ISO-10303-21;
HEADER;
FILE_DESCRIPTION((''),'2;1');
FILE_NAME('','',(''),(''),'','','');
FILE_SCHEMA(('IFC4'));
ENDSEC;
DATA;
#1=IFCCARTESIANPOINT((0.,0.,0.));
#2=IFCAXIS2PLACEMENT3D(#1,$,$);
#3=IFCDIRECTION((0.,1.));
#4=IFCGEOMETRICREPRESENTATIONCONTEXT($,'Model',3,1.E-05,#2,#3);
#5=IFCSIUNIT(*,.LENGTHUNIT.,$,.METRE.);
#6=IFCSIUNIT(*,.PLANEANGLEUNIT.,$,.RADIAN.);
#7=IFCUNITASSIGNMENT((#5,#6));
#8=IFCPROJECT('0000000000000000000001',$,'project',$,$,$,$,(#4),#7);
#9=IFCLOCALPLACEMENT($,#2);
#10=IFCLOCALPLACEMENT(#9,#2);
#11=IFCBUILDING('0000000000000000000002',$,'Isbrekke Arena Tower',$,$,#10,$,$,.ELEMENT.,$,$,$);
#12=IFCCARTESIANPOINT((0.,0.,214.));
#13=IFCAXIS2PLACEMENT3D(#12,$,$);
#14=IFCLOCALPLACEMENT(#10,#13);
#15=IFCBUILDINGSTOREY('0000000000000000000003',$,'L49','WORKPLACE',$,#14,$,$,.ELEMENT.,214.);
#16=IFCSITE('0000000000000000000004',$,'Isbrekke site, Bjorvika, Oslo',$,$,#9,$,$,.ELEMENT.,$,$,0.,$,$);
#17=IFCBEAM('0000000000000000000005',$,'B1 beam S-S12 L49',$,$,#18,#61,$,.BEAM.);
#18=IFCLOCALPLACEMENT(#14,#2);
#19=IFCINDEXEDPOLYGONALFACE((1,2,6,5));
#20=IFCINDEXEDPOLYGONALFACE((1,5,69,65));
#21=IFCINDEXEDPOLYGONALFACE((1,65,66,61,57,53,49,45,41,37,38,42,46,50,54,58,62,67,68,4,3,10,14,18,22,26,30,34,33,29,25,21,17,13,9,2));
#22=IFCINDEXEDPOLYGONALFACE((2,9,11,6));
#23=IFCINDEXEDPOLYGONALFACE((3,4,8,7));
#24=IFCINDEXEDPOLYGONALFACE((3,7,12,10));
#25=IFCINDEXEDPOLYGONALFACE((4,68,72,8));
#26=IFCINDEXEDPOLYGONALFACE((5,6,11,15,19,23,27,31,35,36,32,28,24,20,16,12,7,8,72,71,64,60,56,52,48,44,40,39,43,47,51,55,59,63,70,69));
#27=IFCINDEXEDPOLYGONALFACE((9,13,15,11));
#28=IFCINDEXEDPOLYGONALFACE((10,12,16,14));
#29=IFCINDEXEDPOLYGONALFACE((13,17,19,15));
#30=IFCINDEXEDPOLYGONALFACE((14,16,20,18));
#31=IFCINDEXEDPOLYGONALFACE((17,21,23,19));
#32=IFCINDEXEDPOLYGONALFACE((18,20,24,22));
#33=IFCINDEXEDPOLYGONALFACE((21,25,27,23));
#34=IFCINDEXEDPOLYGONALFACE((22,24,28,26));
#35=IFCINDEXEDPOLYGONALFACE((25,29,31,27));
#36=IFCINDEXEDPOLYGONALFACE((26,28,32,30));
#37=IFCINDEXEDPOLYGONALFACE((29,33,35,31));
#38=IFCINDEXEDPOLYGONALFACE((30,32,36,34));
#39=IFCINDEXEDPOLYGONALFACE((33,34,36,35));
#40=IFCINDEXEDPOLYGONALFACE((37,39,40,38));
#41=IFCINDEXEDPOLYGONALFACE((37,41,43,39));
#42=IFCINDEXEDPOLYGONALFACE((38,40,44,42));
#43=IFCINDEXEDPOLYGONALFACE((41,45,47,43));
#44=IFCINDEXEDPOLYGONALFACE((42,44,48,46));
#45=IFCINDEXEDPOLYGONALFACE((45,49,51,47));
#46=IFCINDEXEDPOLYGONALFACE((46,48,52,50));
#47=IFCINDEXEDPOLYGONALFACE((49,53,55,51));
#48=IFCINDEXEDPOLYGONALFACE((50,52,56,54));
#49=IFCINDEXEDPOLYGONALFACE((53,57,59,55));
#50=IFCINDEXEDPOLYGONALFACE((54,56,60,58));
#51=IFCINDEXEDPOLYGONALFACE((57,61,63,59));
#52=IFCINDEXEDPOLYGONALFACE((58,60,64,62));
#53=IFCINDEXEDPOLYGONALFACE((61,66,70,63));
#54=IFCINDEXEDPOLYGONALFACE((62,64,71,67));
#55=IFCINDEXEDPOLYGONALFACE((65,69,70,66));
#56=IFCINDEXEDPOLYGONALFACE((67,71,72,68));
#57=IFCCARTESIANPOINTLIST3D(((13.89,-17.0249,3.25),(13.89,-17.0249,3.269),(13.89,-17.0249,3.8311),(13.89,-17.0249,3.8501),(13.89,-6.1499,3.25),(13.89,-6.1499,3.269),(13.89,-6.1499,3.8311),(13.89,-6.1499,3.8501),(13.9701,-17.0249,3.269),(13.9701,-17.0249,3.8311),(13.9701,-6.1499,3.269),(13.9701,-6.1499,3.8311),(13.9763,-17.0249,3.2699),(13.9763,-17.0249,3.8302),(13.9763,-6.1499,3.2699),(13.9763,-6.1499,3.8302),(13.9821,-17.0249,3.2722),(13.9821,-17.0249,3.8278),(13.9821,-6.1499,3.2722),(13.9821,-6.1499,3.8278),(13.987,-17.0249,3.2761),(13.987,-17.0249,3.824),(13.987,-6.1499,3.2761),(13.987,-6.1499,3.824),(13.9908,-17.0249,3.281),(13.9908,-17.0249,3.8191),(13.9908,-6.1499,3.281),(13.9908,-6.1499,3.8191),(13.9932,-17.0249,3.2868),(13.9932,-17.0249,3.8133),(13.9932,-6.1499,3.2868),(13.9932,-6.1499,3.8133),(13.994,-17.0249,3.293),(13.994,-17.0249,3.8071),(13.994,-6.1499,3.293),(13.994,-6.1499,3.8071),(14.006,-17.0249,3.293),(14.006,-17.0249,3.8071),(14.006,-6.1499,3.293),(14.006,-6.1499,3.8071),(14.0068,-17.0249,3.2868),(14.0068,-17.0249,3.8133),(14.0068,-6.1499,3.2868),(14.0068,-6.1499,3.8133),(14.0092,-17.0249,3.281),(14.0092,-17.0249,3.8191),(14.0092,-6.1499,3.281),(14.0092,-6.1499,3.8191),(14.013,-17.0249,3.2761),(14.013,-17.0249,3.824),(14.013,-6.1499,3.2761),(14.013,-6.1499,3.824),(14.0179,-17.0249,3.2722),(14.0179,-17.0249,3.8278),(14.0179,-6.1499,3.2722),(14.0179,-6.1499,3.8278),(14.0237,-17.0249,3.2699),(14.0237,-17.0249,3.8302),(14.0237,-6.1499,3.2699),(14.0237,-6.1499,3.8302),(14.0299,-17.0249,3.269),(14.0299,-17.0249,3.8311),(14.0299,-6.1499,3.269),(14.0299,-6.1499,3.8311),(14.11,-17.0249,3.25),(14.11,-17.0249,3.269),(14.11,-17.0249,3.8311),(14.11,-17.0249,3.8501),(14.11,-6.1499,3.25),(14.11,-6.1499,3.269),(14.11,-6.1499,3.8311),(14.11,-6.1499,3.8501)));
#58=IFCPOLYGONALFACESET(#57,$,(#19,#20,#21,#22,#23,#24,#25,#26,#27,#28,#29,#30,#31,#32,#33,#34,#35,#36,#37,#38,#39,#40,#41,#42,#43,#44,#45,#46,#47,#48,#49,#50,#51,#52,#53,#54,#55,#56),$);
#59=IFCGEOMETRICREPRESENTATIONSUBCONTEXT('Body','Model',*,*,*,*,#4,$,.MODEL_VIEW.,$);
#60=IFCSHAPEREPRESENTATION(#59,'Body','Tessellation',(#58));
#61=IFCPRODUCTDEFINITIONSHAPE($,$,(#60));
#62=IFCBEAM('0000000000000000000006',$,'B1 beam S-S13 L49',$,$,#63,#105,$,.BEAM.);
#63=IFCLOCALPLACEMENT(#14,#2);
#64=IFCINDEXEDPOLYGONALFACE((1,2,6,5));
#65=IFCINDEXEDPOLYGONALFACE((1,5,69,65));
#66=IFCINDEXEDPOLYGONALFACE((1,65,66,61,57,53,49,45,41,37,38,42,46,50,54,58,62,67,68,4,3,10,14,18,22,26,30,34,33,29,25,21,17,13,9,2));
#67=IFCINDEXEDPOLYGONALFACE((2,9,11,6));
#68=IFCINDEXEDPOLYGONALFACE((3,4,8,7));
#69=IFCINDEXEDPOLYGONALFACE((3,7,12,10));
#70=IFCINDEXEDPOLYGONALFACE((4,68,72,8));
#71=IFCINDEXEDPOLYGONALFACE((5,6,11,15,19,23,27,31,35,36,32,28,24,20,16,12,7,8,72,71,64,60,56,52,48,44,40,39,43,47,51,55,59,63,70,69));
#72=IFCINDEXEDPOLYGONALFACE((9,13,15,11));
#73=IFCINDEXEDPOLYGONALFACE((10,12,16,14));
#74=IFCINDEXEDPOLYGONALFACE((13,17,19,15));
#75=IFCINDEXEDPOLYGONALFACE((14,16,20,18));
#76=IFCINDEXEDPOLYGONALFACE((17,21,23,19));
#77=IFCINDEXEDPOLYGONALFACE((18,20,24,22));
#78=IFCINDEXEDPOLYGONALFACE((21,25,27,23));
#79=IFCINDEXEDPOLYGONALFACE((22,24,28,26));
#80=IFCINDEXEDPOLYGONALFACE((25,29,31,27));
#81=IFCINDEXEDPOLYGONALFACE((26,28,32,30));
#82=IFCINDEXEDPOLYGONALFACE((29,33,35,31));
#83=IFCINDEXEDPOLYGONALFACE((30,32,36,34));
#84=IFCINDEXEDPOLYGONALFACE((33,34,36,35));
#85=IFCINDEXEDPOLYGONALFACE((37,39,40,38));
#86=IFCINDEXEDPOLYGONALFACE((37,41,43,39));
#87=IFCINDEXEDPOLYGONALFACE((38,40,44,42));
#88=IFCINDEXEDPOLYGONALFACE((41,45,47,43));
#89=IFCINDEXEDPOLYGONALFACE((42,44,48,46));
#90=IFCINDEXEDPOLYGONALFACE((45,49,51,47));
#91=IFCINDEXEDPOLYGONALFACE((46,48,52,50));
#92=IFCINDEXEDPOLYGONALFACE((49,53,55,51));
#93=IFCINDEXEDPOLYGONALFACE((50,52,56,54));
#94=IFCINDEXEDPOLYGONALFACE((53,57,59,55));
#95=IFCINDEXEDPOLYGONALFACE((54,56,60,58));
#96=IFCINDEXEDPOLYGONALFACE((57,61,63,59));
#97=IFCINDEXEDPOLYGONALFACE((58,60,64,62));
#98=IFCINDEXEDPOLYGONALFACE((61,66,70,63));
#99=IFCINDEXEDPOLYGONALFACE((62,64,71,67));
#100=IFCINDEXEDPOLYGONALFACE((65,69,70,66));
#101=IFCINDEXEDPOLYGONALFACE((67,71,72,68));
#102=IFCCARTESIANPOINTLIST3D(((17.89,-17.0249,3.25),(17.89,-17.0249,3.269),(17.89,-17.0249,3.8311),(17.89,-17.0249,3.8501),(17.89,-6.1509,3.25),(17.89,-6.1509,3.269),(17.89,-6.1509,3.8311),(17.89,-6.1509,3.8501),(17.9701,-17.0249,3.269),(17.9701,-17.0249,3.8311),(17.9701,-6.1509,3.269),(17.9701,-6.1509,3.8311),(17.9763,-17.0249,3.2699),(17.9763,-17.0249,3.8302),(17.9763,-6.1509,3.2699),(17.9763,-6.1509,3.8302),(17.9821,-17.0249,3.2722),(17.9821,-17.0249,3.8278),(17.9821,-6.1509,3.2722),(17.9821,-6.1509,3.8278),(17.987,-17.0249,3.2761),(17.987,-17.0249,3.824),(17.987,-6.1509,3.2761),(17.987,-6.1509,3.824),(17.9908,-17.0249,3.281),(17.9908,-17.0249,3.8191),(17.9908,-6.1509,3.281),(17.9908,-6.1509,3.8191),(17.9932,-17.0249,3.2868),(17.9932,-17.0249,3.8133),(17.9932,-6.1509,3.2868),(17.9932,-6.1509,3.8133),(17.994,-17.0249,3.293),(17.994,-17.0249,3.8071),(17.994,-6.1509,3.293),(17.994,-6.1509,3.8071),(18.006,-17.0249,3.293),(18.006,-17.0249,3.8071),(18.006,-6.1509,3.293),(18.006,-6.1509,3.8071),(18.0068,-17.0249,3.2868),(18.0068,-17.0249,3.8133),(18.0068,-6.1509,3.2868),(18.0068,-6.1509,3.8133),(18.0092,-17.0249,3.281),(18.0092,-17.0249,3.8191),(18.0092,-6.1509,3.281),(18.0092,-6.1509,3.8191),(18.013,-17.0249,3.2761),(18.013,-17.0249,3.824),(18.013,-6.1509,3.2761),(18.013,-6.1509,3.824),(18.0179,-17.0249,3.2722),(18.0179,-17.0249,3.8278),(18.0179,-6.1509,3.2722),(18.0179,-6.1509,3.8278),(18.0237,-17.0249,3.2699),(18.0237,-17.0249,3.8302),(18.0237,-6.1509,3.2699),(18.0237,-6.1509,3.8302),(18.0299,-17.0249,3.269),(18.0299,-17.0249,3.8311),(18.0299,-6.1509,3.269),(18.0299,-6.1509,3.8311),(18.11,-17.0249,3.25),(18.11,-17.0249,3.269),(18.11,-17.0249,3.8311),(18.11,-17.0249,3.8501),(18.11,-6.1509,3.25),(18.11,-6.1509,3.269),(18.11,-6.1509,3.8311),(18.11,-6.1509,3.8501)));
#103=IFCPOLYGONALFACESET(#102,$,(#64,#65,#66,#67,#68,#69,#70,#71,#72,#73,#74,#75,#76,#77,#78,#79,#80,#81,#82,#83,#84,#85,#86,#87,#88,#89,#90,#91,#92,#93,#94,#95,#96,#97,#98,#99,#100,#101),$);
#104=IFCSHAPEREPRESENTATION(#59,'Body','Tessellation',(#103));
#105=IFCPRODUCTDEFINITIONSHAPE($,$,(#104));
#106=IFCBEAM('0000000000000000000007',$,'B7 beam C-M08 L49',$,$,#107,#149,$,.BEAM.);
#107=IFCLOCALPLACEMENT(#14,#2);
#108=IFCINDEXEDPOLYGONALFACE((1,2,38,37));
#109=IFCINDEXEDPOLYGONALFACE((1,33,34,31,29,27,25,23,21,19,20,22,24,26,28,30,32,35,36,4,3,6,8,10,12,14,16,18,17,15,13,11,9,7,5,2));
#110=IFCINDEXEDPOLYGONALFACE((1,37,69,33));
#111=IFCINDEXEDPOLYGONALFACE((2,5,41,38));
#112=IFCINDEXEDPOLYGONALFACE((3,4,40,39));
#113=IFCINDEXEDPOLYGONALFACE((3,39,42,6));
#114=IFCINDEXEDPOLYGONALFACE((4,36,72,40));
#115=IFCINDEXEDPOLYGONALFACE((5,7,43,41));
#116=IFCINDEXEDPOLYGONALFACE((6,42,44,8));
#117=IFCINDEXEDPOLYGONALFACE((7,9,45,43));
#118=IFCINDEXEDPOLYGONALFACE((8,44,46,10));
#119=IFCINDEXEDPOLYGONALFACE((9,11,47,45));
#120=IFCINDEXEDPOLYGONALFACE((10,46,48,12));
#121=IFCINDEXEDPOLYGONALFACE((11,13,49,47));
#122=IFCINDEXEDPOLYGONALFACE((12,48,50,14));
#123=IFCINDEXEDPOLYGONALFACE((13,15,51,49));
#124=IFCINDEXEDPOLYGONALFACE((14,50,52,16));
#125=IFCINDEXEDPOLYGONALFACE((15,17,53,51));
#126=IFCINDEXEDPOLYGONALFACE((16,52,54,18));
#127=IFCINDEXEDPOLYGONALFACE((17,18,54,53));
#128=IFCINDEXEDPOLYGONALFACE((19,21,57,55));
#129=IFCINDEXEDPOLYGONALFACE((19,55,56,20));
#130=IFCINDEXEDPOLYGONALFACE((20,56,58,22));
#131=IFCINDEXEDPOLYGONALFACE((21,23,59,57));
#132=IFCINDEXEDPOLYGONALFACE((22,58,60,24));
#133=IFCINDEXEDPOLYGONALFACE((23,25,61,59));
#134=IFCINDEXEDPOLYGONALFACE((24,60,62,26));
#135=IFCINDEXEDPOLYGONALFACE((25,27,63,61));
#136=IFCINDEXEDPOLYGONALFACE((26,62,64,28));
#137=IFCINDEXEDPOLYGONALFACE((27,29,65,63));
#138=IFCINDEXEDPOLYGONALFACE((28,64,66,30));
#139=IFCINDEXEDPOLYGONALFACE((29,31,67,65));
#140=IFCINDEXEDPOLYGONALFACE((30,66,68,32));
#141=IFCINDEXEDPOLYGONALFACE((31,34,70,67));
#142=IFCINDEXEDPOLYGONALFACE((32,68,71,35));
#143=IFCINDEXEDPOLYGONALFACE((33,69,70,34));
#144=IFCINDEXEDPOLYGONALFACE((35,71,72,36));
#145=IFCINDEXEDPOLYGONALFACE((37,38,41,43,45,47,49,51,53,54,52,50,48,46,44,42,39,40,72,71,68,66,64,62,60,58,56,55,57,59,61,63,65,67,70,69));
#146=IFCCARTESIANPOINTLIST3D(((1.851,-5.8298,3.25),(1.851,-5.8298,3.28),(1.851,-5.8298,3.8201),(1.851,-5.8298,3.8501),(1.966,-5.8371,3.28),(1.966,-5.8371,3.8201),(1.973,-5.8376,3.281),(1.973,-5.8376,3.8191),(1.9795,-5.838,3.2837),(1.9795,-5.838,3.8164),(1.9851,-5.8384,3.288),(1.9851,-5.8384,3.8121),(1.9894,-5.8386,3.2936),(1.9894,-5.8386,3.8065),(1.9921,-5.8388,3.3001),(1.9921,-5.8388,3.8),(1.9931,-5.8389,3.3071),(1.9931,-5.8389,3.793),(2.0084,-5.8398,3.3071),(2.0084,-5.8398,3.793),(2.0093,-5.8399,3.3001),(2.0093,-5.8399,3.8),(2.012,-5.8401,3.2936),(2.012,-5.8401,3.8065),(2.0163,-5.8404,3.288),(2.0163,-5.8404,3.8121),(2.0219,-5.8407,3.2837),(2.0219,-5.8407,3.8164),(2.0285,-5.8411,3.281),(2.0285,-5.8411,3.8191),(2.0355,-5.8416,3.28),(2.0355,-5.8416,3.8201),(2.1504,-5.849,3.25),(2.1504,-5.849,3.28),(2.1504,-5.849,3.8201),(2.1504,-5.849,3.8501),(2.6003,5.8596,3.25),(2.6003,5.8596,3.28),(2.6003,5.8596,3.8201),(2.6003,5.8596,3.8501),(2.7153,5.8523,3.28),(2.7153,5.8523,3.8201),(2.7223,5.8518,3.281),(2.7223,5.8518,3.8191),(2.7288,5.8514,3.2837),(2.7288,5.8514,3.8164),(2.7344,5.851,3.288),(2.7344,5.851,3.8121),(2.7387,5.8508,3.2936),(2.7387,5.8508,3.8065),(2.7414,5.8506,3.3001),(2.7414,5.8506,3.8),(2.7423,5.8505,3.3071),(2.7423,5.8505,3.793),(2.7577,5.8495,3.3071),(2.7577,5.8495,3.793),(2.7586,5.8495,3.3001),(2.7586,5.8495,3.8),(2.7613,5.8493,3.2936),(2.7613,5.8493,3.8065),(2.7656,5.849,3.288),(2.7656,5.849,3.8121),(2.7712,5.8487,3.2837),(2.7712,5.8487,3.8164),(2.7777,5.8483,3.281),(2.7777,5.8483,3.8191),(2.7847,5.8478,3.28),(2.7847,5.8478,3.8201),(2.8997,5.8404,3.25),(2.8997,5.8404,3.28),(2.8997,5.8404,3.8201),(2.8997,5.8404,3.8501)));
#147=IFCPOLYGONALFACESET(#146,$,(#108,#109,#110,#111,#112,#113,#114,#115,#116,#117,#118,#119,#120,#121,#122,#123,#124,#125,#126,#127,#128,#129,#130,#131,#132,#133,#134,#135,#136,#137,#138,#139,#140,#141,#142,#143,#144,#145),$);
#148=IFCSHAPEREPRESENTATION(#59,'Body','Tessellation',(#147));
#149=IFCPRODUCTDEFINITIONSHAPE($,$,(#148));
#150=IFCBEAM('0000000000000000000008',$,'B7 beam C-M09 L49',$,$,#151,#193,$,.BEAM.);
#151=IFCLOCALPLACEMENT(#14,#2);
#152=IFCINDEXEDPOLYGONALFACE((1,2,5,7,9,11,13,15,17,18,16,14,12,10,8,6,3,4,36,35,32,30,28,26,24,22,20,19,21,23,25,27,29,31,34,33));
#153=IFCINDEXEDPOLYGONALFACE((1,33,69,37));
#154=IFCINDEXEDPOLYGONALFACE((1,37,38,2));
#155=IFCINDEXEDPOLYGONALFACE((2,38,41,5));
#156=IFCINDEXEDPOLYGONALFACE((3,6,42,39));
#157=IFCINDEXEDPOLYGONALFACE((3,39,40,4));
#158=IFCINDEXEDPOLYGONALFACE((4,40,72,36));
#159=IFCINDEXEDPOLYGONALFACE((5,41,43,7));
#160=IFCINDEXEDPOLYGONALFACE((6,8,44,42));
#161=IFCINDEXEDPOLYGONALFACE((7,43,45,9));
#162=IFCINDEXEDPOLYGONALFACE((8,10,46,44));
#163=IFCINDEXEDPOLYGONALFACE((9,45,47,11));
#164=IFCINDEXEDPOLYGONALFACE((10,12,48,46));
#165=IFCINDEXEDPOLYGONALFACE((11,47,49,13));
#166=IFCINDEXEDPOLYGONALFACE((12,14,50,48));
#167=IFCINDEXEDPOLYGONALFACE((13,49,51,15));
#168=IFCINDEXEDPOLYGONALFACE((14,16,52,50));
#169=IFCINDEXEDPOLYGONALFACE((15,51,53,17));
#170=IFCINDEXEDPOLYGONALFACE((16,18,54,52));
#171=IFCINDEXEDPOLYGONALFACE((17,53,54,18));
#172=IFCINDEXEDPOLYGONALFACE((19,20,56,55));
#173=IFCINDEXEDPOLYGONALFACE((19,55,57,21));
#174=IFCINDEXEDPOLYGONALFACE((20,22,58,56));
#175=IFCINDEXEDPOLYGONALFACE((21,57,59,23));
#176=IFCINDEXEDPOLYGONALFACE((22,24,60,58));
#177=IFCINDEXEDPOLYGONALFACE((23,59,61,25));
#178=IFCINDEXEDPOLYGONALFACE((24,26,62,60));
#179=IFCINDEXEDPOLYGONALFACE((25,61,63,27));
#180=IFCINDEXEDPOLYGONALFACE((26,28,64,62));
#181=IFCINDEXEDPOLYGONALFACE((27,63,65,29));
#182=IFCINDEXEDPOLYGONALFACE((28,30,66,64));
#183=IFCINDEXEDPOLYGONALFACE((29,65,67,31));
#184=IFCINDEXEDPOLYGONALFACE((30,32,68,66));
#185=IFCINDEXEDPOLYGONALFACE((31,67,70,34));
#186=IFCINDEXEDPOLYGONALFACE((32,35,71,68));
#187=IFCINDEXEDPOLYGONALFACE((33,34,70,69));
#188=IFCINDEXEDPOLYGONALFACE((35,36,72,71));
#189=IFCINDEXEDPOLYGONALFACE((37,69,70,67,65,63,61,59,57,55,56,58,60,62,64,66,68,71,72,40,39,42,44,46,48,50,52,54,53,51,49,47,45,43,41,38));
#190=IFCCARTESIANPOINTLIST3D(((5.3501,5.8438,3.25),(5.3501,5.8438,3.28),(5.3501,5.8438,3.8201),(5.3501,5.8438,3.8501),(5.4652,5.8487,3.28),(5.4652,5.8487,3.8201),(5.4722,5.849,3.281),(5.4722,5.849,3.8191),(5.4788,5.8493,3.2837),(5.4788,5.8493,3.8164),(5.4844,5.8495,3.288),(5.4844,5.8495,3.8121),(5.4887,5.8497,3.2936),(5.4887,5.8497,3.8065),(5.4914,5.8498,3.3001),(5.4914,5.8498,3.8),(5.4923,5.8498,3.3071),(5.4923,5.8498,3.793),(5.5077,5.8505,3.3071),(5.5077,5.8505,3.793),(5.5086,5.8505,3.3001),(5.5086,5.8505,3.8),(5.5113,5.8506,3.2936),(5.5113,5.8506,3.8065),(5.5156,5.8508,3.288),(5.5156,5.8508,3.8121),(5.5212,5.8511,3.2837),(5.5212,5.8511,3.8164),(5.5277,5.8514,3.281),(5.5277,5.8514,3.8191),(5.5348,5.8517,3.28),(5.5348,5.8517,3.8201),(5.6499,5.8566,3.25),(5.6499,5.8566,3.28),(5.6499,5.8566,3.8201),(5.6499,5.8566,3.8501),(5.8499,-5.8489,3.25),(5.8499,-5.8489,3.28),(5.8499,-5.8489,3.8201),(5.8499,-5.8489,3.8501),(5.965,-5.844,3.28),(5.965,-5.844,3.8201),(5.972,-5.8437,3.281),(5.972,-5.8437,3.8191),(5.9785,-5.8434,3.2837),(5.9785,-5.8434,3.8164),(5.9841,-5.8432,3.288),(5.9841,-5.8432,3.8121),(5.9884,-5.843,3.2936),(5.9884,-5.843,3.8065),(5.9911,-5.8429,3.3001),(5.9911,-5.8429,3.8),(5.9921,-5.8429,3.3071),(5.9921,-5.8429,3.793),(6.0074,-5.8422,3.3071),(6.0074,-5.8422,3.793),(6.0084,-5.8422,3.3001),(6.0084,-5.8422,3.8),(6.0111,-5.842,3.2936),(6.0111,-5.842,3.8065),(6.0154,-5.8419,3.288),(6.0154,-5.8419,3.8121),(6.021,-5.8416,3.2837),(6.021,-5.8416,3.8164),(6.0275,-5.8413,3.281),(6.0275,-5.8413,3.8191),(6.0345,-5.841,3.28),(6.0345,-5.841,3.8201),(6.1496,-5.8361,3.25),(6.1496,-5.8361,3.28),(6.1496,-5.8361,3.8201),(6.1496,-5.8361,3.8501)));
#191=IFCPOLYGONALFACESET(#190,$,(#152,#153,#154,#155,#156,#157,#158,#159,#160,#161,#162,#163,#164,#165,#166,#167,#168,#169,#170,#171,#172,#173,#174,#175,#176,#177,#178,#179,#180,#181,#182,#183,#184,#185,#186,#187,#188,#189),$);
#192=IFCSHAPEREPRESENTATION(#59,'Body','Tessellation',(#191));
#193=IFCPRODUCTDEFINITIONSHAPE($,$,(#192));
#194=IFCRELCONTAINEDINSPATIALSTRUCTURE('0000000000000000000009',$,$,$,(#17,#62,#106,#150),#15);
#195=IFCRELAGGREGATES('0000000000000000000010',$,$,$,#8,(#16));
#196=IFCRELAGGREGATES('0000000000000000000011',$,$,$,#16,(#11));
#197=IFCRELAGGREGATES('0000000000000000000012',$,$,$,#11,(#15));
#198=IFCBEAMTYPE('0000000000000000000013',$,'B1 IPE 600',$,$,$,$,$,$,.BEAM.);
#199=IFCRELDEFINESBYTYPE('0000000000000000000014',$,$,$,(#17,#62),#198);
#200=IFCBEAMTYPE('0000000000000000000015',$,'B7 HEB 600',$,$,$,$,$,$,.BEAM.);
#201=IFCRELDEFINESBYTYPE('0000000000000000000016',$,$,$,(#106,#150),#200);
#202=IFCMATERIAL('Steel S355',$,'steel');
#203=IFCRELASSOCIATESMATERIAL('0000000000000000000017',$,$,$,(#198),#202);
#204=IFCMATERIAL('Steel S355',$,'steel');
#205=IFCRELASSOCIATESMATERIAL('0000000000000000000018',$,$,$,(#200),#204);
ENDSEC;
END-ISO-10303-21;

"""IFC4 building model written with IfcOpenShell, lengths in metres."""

from ifc_helpers import new_model, si_unit, direction, frame, origin, origin_2d, place, context, subcontext, project, spatial, i_section, extrude, material, material_profile, profile_set, type_object, element, save


model = new_model("IFC4")

# Units and contexts
model_context = context("Model", 3, precision=1e-05, world=origin(), true_north=direction((0.0, 1.0)))
body_context = subcontext(model_context, "Body", "Model", "MODEL_VIEW")
ifc_project = project(units=[si_unit("LENGTHUNIT", "METRE"), si_unit("PLANEANGLEUNIT", "RADIAN")], contexts=[model_context])

# Site, building, storey
site_placement = place(None, origin())
site = spatial("IfcSite", under=ifc_project, at=site_placement, Name="Isbrekke site, Bjorvika, Oslo", CompositionType="ELEMENT", RefElevation=0.0)
building_placement = place(site_placement, origin())
building = spatial("IfcBuilding", under=site, at=building_placement, Name="Isbrekke Arena Tower", CompositionType="ELEMENT")
storey_placement = place(building_placement, frame((0.0, 0.0, 214.0)))
storey = spatial("IfcBuildingStorey", under=building, at=storey_placement, Name="L49", Description="WORKPLACE", CompositionType="ELEMENT", Elevation=214.0)

# Beams
ifc_material_1 = material(Name="Steel S355", Category="steel")
ifc_material_profile_1 = material_profile(ifc_material_1, i_section(OverallWidth=0.22, OverallDepth=0.6001, WebThickness=0.012, FlangeThickness=0.019, FilletRadius=0.0239, at=origin_2d()), Name="IPE 600")
ifc_profile_set_1 = profile_set([ifc_material_profile_1], Name="Steel S355")
beam_type_1 = type_object("IfcBeamType", Name="B1 IPE 600", PredefinedType="BEAM", material=ifc_profile_set_1)
beam_1_placement = place(storey_placement, frame((14.0, -17.0249, 3.55), z_axis=(0.0, 1.0, 0.0), x_axis=(-1.0, 0.0, 0.0)))
element("IfcBeam", 1, at=beam_1_placement, inside=storey, type_object=beam_type_1, Name="B1 beam S-S12 L49", PredefinedType="BEAM", context=body_context, shape_type="SweptSolid", body=[
    extrude(i_section(OverallWidth=0.22, OverallDepth=0.6001, WebThickness=0.012, FlangeThickness=0.019, FilletRadius=0.0239, at=origin_2d()), origin(), (0.0, 0.0, 1.0), 10.875),
])
beam_2_placement = place(storey_placement, frame((18.0, -17.0249, 3.55), z_axis=(0.0, 1.0, 0.0), x_axis=(-1.0, 0.0, 0.0)))
element("IfcBeam", 2, at=beam_2_placement, inside=storey, type_object=beam_type_1, Name="B1 beam S-S13 L49", PredefinedType="BEAM", context=body_context, shape_type="SweptSolid", body=[
    extrude(i_section(OverallWidth=0.22, OverallDepth=0.6001, WebThickness=0.012, FlangeThickness=0.019, FilletRadius=0.0239, at=origin_2d()), origin(), (0.0, 0.0, 1.0), 10.874),
])
ifc_material_2 = material(Name="Steel S355", Category="steel")
ifc_material_profile_2 = material_profile(ifc_material_2, i_section(OverallWidth=0.3, OverallDepth=0.6001, WebThickness=0.0154, FlangeThickness=0.03, FilletRadius=0.0271, at=origin_2d()), Name="HEB 600")
ifc_profile_set_2 = profile_set([ifc_material_profile_2], Name="Steel S355")
beam_type_2 = type_object("IfcBeamType", Name="B7 HEB 600", PredefinedType="BEAM", material=ifc_profile_set_2)
beam_3_placement = place(storey_placement, frame((2.0007, -5.8394, 3.55), z_axis=(0.063966, 0.997952, 0.0), x_axis=(-0.997952, 0.063966, 0.0)))
element("IfcBeam", 3, at=beam_3_placement, inside=storey, type_object=beam_type_2, Name="B7 beam C-M08 L49", PredefinedType="BEAM", context=body_context, shape_type="SweptSolid", body=[
    extrude(i_section(OverallWidth=0.3, OverallDepth=0.6001, WebThickness=0.0154, FlangeThickness=0.03, FilletRadius=0.0271, at=origin_2d()), origin(), (0.0, 0.0, 1.0), 11.7134),
])
beam_4_placement = place(storey_placement, frame((5.9998, -5.8425, 3.55), z_axis=(-0.042702, 0.999088, 0.0), x_axis=(-0.999088, -0.042702, 0.0)))
element("IfcBeam", 4, at=beam_4_placement, inside=storey, type_object=beam_type_2, Name="B7 beam C-M09 L49", PredefinedType="BEAM", context=body_context, shape_type="SweptSolid", body=[
    extrude(i_section(OverallWidth=0.3, OverallDepth=0.6001, WebThickness=0.0154, FlangeThickness=0.03, FilletRadius=0.0271, at=origin_2d()), origin(), (0.0, 0.0, 1.0), 11.7034),
])

save(model, "model.ifc")
